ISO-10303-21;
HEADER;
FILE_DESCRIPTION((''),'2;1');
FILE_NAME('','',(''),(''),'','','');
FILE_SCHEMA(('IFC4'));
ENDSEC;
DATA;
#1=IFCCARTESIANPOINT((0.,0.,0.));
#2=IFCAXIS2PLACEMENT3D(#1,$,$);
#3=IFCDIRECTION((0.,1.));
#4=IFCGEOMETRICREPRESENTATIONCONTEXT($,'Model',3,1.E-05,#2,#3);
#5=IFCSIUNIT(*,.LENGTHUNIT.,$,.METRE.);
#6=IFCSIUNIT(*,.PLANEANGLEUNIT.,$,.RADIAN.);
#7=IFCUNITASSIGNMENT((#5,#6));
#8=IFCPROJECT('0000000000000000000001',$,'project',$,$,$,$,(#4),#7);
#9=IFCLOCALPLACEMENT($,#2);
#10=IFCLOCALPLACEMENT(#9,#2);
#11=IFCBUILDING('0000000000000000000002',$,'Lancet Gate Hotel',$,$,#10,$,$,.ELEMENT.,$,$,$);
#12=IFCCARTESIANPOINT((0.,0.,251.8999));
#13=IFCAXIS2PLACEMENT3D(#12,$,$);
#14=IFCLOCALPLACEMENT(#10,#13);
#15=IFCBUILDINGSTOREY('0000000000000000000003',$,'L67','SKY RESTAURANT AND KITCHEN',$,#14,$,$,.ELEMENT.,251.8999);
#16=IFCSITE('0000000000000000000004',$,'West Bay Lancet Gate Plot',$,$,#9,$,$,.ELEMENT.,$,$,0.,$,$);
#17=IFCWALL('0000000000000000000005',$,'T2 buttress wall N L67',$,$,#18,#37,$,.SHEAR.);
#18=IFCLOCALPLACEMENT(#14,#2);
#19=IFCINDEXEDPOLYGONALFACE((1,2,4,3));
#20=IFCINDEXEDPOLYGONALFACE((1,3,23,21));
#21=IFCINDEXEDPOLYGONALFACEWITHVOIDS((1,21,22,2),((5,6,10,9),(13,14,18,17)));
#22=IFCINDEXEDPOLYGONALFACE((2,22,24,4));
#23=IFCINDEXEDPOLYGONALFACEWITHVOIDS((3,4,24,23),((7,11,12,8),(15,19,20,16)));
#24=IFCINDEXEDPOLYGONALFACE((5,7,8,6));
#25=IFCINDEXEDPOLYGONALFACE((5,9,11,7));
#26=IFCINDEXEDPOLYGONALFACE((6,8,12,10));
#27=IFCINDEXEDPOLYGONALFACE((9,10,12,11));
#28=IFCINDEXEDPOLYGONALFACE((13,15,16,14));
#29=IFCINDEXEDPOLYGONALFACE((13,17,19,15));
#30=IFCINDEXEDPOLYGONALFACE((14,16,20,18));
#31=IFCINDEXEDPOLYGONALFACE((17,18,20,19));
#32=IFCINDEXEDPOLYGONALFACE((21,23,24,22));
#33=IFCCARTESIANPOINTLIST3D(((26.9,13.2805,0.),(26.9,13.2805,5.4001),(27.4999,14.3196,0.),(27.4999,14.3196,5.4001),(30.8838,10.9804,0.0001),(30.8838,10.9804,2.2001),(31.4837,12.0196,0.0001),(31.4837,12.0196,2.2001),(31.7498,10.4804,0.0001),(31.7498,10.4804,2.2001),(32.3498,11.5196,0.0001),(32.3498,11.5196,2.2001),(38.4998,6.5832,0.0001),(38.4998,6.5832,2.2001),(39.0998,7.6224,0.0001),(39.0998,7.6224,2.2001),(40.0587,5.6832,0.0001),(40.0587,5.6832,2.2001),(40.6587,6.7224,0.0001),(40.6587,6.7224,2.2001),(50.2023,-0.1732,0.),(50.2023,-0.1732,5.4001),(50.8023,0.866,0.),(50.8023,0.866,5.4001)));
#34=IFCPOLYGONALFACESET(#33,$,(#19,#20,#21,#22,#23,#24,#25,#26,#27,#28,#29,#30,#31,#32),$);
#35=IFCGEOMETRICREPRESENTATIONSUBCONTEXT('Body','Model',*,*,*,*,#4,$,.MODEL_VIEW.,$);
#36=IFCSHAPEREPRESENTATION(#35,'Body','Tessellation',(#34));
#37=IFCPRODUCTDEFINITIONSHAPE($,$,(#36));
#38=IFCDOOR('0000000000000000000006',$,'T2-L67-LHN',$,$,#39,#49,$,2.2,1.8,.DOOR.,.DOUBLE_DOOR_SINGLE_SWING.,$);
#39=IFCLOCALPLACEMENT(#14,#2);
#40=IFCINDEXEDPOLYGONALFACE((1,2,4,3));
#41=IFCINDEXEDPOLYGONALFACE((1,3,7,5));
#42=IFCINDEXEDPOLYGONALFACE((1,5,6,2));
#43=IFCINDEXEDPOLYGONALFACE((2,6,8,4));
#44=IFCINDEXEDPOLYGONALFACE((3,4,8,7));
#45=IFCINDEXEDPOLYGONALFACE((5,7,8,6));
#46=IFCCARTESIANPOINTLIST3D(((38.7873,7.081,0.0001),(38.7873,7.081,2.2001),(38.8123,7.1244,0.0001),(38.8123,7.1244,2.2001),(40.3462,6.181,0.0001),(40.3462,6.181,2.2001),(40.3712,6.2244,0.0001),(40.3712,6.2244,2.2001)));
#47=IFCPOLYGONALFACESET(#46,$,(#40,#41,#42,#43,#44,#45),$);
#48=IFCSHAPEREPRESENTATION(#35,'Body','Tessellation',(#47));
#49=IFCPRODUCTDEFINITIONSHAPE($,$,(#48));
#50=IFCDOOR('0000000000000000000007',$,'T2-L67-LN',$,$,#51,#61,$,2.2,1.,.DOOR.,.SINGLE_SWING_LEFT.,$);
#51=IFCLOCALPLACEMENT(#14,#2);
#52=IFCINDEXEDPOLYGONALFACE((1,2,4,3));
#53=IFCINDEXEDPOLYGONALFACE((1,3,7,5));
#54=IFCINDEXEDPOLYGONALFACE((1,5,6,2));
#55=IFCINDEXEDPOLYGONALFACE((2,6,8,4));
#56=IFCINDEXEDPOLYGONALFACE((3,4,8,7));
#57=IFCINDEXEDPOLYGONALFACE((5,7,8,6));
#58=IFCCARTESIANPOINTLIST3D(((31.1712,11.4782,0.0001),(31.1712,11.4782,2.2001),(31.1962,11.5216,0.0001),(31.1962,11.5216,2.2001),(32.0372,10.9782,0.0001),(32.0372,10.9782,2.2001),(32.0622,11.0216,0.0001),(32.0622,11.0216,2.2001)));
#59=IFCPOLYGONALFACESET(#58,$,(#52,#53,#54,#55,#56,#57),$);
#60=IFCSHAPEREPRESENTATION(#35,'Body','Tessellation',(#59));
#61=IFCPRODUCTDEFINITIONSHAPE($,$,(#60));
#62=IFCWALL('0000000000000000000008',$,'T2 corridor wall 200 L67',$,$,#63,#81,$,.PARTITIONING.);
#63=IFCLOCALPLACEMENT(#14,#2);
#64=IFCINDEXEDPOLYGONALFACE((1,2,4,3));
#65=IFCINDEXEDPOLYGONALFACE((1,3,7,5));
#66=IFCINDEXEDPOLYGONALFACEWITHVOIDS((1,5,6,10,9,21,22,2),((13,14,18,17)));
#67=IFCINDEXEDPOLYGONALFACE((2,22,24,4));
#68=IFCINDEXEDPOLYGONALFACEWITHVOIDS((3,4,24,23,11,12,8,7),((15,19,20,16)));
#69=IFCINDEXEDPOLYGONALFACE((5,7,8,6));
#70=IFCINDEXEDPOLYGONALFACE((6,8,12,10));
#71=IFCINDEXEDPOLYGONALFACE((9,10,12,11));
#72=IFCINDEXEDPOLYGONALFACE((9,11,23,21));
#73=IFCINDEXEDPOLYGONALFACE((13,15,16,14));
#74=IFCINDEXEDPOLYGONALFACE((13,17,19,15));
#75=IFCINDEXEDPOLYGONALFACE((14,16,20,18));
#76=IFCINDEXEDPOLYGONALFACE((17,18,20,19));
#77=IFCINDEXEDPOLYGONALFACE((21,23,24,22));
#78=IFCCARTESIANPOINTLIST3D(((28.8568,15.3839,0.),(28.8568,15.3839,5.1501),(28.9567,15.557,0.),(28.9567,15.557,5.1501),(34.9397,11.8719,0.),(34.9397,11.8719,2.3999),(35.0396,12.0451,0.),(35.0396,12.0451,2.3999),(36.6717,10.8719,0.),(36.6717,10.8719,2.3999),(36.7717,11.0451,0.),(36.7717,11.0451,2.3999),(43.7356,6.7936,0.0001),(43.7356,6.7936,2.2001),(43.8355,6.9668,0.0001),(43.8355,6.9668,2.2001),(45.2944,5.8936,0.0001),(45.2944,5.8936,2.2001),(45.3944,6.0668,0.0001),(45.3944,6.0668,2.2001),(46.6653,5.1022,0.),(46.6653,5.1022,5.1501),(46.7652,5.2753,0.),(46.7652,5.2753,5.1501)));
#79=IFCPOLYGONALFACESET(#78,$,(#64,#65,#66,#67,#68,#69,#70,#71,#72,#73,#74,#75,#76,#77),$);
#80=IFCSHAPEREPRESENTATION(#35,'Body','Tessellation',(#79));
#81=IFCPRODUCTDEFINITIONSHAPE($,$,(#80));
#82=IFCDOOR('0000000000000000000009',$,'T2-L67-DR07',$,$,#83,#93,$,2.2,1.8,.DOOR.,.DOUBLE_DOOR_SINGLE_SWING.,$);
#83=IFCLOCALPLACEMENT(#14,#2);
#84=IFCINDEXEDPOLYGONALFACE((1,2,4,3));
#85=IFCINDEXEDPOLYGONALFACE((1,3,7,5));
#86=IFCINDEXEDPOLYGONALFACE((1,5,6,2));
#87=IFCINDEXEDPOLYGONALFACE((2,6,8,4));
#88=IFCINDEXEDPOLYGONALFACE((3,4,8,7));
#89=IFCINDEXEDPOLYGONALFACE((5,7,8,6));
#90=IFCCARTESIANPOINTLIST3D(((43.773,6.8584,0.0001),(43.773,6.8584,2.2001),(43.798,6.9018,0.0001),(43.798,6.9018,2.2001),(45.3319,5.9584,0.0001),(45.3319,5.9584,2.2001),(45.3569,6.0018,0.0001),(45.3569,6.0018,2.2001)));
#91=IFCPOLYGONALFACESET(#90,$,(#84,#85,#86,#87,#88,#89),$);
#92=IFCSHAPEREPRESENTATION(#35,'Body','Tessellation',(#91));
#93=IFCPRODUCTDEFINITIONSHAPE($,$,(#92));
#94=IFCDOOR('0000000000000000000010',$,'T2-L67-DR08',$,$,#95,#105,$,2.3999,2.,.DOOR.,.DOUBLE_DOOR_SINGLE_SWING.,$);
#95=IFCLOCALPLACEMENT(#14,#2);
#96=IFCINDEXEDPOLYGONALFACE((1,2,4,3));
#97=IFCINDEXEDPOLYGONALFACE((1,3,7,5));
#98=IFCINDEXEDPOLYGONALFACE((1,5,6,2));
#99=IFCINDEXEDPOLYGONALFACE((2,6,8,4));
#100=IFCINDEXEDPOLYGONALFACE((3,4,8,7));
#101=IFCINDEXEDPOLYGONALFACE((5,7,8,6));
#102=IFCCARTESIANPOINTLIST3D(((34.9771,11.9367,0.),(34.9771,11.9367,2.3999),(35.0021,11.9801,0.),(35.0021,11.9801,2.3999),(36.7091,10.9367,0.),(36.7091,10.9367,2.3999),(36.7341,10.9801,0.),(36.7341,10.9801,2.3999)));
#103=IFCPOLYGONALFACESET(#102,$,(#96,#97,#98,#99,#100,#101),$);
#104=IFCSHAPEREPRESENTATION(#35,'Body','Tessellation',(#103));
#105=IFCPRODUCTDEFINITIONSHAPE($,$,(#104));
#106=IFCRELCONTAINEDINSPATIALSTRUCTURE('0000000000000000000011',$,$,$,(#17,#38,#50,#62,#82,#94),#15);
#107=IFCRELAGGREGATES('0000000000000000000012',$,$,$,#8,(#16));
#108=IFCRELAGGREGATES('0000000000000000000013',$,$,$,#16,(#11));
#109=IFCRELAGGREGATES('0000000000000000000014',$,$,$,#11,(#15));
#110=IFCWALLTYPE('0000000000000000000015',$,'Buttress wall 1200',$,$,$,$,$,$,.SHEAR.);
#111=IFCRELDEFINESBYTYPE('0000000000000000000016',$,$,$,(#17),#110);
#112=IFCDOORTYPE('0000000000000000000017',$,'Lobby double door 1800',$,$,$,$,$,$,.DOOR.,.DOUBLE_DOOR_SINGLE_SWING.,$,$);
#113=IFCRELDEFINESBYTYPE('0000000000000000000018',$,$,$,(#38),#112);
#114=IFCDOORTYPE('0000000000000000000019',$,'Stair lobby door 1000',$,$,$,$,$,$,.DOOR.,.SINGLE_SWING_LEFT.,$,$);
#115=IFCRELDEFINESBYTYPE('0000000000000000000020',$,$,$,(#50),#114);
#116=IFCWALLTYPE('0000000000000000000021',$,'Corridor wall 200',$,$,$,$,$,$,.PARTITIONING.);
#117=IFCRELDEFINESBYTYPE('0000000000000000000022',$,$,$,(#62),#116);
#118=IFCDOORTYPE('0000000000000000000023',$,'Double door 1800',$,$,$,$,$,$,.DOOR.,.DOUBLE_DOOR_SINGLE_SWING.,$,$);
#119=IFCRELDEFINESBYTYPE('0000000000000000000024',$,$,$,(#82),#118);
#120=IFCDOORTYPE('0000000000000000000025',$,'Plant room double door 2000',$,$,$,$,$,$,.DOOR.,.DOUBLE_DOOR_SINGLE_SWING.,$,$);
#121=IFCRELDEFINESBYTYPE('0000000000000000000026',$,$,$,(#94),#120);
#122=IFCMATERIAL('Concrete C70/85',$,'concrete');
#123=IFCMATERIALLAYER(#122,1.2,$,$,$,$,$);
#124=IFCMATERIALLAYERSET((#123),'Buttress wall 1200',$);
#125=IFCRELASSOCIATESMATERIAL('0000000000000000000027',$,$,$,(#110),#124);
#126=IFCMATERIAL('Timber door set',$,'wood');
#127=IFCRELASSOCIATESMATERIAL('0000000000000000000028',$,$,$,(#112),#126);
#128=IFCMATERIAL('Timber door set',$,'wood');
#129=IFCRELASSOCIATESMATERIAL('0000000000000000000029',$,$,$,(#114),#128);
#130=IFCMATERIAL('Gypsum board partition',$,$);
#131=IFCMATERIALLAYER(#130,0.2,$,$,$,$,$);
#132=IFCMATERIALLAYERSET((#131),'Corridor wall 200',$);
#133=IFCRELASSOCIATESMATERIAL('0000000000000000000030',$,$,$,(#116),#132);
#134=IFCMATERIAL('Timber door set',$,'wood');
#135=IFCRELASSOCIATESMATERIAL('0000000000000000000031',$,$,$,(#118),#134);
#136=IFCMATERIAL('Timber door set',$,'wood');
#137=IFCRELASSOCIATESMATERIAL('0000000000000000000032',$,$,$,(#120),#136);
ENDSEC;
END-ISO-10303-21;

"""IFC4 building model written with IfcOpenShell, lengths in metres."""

from ifc_helpers import new_model, si_unit, direction, frame, frame_2d, origin, place, context, subcontext, project, spatial, rectangle, extrude, material, layer, layer_set, type_object, element, fill, save


model = new_model("IFC4")

# Units and contexts
model_context = context("Model", 3, precision=1e-05, world=origin(), true_north=direction((0.0, 1.0)))
body_context = subcontext(model_context, "Body", "Model", "MODEL_VIEW")
ifc_project = project(units=[si_unit("LENGTHUNIT", "METRE"), si_unit("PLANEANGLEUNIT", "RADIAN")], contexts=[model_context])

# Site, building, storey
site_placement = place(None, origin())
site = spatial("IfcSite", under=ifc_project, at=site_placement, Name="West Bay Lancet Gate Plot", CompositionType="ELEMENT", RefElevation=0.0)
building_placement = place(site_placement, origin())
building = spatial("IfcBuilding", under=site, at=building_placement, Name="Lancet Gate Hotel", CompositionType="ELEMENT")
storey_placement = place(building_placement, frame((0.0, 0.0, 251.8999)))
storey = spatial("IfcBuildingStorey", under=building, at=storey_placement, Name="L67", Description="SKY RESTAURANT AND KITCHEN", CompositionType="ELEMENT", Elevation=251.8999)

# Walls, openings, doors
ifc_material_1 = material(Name="Concrete C70/85", Category="concrete")
ifc_layer_1 = layer(ifc_material_1, 1.2)
ifc_layer_set_1 = layer_set([ifc_layer_1], Name="Buttress wall 1200")
wall_type_1 = type_object("IfcWallType", Name="Buttress wall 1200", PredefinedType="SHEAR", material=ifc_layer_set_1)
wall_1_placement = place(storey_placement, frame((27.2, 13.8, 0.0), z_axis=(0.0, 0.0, 1.0), x_axis=(0.866025, -0.500002, 0.0)))
wall_1 = element("IfcWall", 1, at=wall_1_placement, inside=storey, type_object=wall_type_1, Name="T2 buttress wall N L67", PredefinedType="SHEAR", context=body_context, shape_type="SweptSolid", body=[
    extrude(rectangle(XDim=26.9072, YDim=1.2, at=frame_2d((13.4536, 0.0))), origin(), (0.0, 0.0, 1.0), 5.4001),
])
opening_1_placement = place(wall_1_placement, frame((4.6001, 0.0, 0.0)))
opening_1 = element("IfcOpeningElement", 2, at=opening_1_placement, cuts=wall_1, PredefinedType="OPENING", context=body_context, shape_type="SweptSolid", body=[
    extrude(rectangle(XDim=1.0, YDim=2.2, at=frame_2d((0.5, 1.1001))), frame((0.0, 0.6099, 0.0), z_axis=(0.0, -1.0, 0.0), x_axis=(1.0, 0.0, 0.0)), (0.0, 0.0, 1.0), 1.22),
])
opening_2_placement = place(wall_1_placement, frame((13.3945, 0.0, 0.0)))
opening_2 = element("IfcOpeningElement", 3, at=opening_2_placement, cuts=wall_1, PredefinedType="OPENING", context=body_context, shape_type="SweptSolid", body=[
    extrude(rectangle(XDim=1.8, YDim=2.2, at=frame_2d((0.8999, 1.1001))), frame((0.0, 0.6099, 0.0), z_axis=(0.0, -1.0, 0.0), x_axis=(1.0, 0.0, 0.0)), (0.0, 0.0, 1.0), 1.22),
])
ifc_material_2 = material(Name="Timber door set", Category="wood")
door_type_1 = type_object("IfcDoorType", Name="Lobby double door 1800", OperationType="DOUBLE_DOOR_SINGLE_SWING", PredefinedType="DOOR", material=ifc_material_2)
door_1_placement = place(opening_2_placement, origin())
door_1 = element("IfcDoor", 4, at=door_1_placement, inside=storey, type_object=door_type_1, Name="T2-L67-LHN", OperationType="DOUBLE_DOOR_SINGLE_SWING", OverallHeight=2.2, OverallWidth=1.8, PredefinedType="DOOR", context=body_context, shape_type="SweptSolid", body=[
    extrude(rectangle(XDim=1.8, YDim=2.2, at=frame_2d((0.8999, 1.1001))), frame((0.0, 0.0249, 0.0), z_axis=(0.0, -1.0, 0.0), x_axis=(1.0, 0.0, 0.0)), (0.0, 0.0, 1.0), 0.05),
])
fill(opening_2, door_1)
ifc_material_3 = material(Name="Timber door set", Category="wood")
door_type_2 = type_object("IfcDoorType", Name="Stair lobby door 1000", OperationType="SINGLE_SWING_LEFT", PredefinedType="DOOR", material=ifc_material_3)
door_2_placement = place(opening_1_placement, origin())
door_2 = element("IfcDoor", 5, at=door_2_placement, inside=storey, type_object=door_type_2, Name="T2-L67-LN", OperationType="SINGLE_SWING_LEFT", OverallHeight=2.2, OverallWidth=1.0, PredefinedType="DOOR", context=body_context, shape_type="SweptSolid", body=[
    extrude(rectangle(XDim=1.0, YDim=2.2, at=frame_2d((0.5, 1.1001))), frame((0.0, 0.0249, 0.0), z_axis=(0.0, -1.0, 0.0), x_axis=(1.0, 0.0, 0.0)), (0.0, 0.0, 1.0), 0.05),
])
fill(opening_1, door_2)
ifc_material_4 = material(Name="Gypsum board partition")
ifc_layer_2 = layer(ifc_material_4, 0.2)
ifc_layer_set_2 = layer_set([ifc_layer_2], Name="Corridor wall 200")
wall_type_2 = type_object("IfcWallType", Name="Corridor wall 200", PredefinedType="PARTITIONING", material=ifc_layer_set_2)
wall_2_placement = place(storey_placement, frame((28.9067, 15.4705, 0.0), z_axis=(0.0, 0.0, 1.0), x_axis=(0.866027, -0.499998, 0.0)))
wall_2 = element("IfcWall", 6, at=wall_2_placement, inside=storey, type_object=wall_type_2, Name="T2 corridor wall 200 L67", PredefinedType="PARTITIONING", context=body_context, shape_type="SweptSolid", body=[
    extrude(rectangle(XDim=20.5635, YDim=0.2, at=frame_2d((10.2817, 0.0))), origin(), (0.0, 0.0, 1.0), 5.1501),
])
opening_3_placement = place(wall_2_placement, frame((17.1807, 0.0, 0.0)))
opening_3 = element("IfcOpeningElement", 7, at=opening_3_placement, cuts=wall_2, PredefinedType="OPENING", context=body_context, shape_type="SweptSolid", body=[
    extrude(rectangle(XDim=1.8, YDim=2.2, at=frame_2d((0.8999, 1.1001))), frame((0.0, 0.1099, 0.0), z_axis=(0.0, -1.0, 0.0), x_axis=(1.0, 0.0, 0.0)), (0.0, 0.0, 1.0), 0.22),
])
opening_4_placement = place(wall_2_placement, frame((7.0239, 0.0, 0.0)))
opening_4 = element("IfcOpeningElement", 8, at=opening_4_placement, cuts=wall_2, PredefinedType="OPENING", context=body_context, shape_type="SweptSolid", body=[
    extrude(rectangle(XDim=2.0, YDim=2.3999, at=frame_2d((1.0, 1.2))), frame((0.0, 0.1099, 0.0), z_axis=(0.0, -1.0, 0.0), x_axis=(1.0, 0.0, 0.0)), (0.0, 0.0, 1.0), 0.22),
])
ifc_material_5 = material(Name="Timber door set", Category="wood")
door_type_3 = type_object("IfcDoorType", Name="Double door 1800", OperationType="DOUBLE_DOOR_SINGLE_SWING", PredefinedType="DOOR", material=ifc_material_5)
door_3_placement = place(opening_3_placement, origin())
door_3 = element("IfcDoor", 9, at=door_3_placement, inside=storey, type_object=door_type_3, Name="T2-L67-DR07", OperationType="DOUBLE_DOOR_SINGLE_SWING", OverallHeight=2.2, OverallWidth=1.8, PredefinedType="DOOR", context=body_context, shape_type="SweptSolid", body=[
    extrude(rectangle(XDim=1.8, YDim=2.2, at=frame_2d((0.8999, 1.1001))), frame((0.0, 0.0249, 0.0), z_axis=(0.0, -1.0, 0.0), x_axis=(1.0, 0.0, 0.0)), (0.0, 0.0, 1.0), 0.05),
])
fill(opening_3, door_3)
ifc_material_6 = material(Name="Timber door set", Category="wood")
door_type_4 = type_object("IfcDoorType", Name="Plant room double door 2000", OperationType="DOUBLE_DOOR_SINGLE_SWING", PredefinedType="DOOR", material=ifc_material_6)
door_4_placement = place(opening_4_placement, origin())
door_4 = element("IfcDoor", 10, at=door_4_placement, inside=storey, type_object=door_type_4, Name="T2-L67-DR08", OperationType="DOUBLE_DOOR_SINGLE_SWING", OverallHeight=2.3999, OverallWidth=2.0, PredefinedType="DOOR", context=body_context, shape_type="SweptSolid", body=[
    extrude(rectangle(XDim=2.0, YDim=2.3999, at=frame_2d((1.0, 1.2))), frame((0.0, 0.0249, 0.0), z_axis=(0.0, -1.0, 0.0), x_axis=(1.0, 0.0, 0.0)), (0.0, 0.0, 1.0), 0.05),
])
fill(opening_4, door_4)

save(model, "model.ifc")
